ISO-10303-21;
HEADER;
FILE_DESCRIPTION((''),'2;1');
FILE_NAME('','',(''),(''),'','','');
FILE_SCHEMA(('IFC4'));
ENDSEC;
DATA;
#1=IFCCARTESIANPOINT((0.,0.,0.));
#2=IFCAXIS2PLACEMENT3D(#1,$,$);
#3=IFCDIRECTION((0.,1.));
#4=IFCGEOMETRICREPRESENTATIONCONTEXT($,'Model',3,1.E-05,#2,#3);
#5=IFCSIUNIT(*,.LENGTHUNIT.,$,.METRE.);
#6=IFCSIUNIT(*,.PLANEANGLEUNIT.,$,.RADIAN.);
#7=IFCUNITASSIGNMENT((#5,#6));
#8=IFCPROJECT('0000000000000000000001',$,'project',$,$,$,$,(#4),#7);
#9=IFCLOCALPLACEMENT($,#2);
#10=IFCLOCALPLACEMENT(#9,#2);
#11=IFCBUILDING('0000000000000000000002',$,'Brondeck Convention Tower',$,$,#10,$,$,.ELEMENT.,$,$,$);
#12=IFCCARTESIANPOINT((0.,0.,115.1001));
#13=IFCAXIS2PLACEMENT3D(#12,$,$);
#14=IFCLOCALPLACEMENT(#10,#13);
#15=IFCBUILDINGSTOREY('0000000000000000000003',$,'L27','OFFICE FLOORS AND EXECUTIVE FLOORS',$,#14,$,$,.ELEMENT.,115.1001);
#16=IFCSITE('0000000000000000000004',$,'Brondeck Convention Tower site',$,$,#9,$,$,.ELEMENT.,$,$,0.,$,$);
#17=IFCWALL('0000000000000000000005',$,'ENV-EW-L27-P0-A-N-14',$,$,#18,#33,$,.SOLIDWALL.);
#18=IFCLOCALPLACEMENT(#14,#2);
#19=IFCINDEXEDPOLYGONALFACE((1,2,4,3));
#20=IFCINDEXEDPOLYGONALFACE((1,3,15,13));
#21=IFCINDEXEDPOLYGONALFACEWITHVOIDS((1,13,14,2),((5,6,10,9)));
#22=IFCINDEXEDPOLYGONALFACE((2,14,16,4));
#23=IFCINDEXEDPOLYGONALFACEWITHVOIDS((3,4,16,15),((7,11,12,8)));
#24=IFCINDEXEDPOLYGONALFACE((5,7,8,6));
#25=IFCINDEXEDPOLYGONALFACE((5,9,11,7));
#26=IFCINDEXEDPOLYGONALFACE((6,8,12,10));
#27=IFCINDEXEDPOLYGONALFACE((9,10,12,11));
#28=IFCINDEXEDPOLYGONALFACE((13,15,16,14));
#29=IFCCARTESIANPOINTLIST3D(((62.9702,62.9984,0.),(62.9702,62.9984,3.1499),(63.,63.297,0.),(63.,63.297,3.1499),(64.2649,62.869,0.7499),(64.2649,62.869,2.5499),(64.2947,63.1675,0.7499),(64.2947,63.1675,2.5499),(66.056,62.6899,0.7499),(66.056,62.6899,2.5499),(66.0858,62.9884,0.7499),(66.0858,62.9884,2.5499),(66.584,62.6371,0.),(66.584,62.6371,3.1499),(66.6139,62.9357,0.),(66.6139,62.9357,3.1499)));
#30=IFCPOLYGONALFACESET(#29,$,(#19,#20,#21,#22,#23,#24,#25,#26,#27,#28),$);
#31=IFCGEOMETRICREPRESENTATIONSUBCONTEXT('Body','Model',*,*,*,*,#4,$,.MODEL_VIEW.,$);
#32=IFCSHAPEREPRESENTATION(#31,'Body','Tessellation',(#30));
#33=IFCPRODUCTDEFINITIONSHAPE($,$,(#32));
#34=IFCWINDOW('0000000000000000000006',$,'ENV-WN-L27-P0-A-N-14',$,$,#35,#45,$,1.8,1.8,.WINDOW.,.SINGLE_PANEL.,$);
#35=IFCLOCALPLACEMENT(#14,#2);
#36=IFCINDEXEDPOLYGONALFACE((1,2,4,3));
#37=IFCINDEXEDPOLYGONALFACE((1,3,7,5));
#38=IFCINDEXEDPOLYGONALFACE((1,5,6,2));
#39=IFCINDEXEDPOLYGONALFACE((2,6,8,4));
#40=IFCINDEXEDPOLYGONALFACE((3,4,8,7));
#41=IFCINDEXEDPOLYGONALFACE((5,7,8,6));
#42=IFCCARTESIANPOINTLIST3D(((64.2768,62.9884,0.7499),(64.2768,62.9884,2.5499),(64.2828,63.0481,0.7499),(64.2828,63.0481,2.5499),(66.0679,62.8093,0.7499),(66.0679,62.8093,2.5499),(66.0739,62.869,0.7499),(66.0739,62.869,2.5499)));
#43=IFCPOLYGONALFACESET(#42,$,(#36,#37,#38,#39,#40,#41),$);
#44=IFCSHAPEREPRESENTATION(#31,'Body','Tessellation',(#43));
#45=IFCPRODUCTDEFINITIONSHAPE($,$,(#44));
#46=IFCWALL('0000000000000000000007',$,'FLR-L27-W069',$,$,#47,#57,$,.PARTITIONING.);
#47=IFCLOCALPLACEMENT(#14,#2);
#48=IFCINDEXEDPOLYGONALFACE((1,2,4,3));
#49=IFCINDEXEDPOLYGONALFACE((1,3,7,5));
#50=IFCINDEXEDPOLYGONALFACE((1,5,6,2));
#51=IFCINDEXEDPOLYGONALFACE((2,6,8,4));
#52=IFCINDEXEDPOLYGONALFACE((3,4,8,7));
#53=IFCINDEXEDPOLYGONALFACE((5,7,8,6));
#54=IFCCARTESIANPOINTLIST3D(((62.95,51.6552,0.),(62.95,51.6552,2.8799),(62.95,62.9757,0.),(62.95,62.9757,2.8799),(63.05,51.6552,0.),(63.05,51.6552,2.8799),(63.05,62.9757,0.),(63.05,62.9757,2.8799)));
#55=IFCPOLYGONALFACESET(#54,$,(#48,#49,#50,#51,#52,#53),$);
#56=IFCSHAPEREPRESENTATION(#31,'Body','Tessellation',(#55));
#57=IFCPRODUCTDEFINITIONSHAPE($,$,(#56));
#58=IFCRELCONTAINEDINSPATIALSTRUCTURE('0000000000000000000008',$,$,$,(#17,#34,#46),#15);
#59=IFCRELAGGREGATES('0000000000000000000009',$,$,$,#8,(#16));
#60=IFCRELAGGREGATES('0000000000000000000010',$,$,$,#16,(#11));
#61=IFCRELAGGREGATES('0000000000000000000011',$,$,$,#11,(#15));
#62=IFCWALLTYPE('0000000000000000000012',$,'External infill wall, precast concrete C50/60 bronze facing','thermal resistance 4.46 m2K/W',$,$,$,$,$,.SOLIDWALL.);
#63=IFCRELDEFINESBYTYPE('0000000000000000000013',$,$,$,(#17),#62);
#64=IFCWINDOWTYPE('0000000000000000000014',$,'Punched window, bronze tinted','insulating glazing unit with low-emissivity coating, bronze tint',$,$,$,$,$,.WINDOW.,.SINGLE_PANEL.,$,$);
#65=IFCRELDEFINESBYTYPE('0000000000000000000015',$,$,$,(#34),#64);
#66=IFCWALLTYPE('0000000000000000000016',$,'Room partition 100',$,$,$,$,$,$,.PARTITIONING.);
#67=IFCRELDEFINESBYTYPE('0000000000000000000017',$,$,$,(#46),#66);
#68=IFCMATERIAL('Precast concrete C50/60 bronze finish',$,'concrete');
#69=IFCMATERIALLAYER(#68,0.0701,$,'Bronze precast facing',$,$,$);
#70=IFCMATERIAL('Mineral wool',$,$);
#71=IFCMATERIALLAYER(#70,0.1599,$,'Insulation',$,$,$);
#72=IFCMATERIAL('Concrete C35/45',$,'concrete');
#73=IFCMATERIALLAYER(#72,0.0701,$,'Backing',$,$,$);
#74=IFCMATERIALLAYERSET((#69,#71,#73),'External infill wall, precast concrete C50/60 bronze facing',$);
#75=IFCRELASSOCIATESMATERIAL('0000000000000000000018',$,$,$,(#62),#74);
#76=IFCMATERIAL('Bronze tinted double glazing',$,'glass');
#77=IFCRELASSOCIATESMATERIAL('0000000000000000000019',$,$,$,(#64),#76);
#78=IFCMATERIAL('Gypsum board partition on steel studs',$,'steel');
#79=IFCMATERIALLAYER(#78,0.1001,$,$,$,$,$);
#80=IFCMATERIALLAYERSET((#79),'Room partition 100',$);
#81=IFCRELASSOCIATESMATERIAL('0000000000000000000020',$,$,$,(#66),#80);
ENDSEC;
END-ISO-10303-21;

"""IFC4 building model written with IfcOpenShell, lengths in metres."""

from ifc_helpers import new_model, si_unit, direction, frame, frame_2d, origin, place, context, subcontext, project, spatial, rectangle, extrude, material, layer, layer_set, type_object, element, fill, save


model = new_model("IFC4")

# Units and contexts
model_context = context("Model", 3, precision=1e-05, world=origin(), true_north=direction((0.0, 1.0)))
body_context = subcontext(model_context, "Body", "Model", "MODEL_VIEW")
ifc_project = project(units=[si_unit("LENGTHUNIT", "METRE"), si_unit("PLANEANGLEUNIT", "RADIAN")], contexts=[model_context])

# Site, building, storey
site_placement = place(None, origin())
site = spatial("IfcSite", under=ifc_project, at=site_placement, Name="Brondeck Convention Tower site", CompositionType="ELEMENT", RefElevation=0.0)
building_placement = place(site_placement, origin())
building = spatial("IfcBuilding", under=site, at=building_placement, Name="Brondeck Convention Tower", CompositionType="ELEMENT")
storey_placement = place(building_placement, frame((0.0, 0.0, 115.1001)))
storey = spatial("IfcBuildingStorey", under=building, at=storey_placement, Name="L27", Description="OFFICE FLOORS AND EXECUTIVE FLOORS", CompositionType="ELEMENT", Elevation=115.1001)

# Shared definitions
ifc_material_1 = material(Name="Precast concrete C50/60 bronze finish", Category="concrete")
ifc_layer_1 = layer(ifc_material_1, 0.0701, Name="Bronze precast facing")
ifc_material_2 = material(Name="Mineral wool")
ifc_layer_2 = layer(ifc_material_2, 0.1599, Name="Insulation")
ifc_material_3 = material(Name="Concrete C35/45", Category="concrete")
ifc_layer_3 = layer(ifc_material_3, 0.0701, Name="Backing")
ifc_layer_set_1 = layer_set([ifc_layer_1, ifc_layer_2, ifc_layer_3], Name="External infill wall, precast concrete C50/60 bronze facing")
wall_type_1 = type_object("IfcWallType", Name="External infill wall, precast concrete C50/60 bronze facing", Description="thermal resistance 4.46 m2K/W", PredefinedType="SOLIDWALL", material=ifc_layer_set_1)
ifc_material_4 = material(Name="Bronze tinted double glazing", Category="glass")
window_type_1 = type_object("IfcWindowType", Name="Punched window, bronze tinted", Description="insulating glazing unit with low-emissivity coating, bronze tint", PartitioningType="SINGLE_PANEL", PredefinedType="WINDOW", material=ifc_material_4)

# Wall, opening, window
wall_1_placement = place(storey_placement, frame((62.9851, 63.1477, 0.0), z_axis=(0.0, 0.0, 1.0), x_axis=(0.995039, -0.09949, 0.0)))
wall_1 = element("IfcWall", 1, at=wall_1_placement, inside=storey, type_object=wall_type_1, Name="ENV-EW-L27-P0-A-N-14", PredefinedType="SOLIDWALL", context=body_context, shape_type="SweptSolid", body=[
    extrude(rectangle(XDim=3.6318, YDim=0.3, at=frame_2d((1.8159, 0.0))), origin(), (0.0, 0.0, 1.0), 3.1499),
])
opening_1_placement = place(wall_1_placement, frame((1.3013, 0.0, 0.75)))
opening_1 = element("IfcOpeningElement", 2, at=opening_1_placement, cuts=wall_1, PredefinedType="OPENING", context=body_context, shape_type="SweptSolid", body=[
    extrude(rectangle(XDim=1.8, YDim=1.8, at=frame_2d((0.8999, 0.8999))), frame((0.0, 0.1599, 0.0), z_axis=(0.0, -1.0, 0.0), x_axis=(1.0, 0.0, 0.0)), (0.0, 0.0, 1.0), 0.3201),
])
window_1_placement = place(opening_1_placement, origin())
window_1 = element("IfcWindow", 3, at=window_1_placement, inside=storey, type_object=window_type_1, Name="ENV-WN-L27-P0-A-N-14", OverallHeight=1.8, OverallWidth=1.8, PartitioningType="SINGLE_PANEL", PredefinedType="WINDOW", context=body_context, shape_type="SweptSolid", body=[
    extrude(rectangle(XDim=1.8, YDim=1.8, at=frame_2d((0.8999, 0.8999))), frame((0.0, 0.03, 0.0), z_axis=(0.0, -1.0, 0.0), x_axis=(1.0, 0.0, 0.0)), (0.0, 0.0, 1.0), 0.0601),
])
fill(opening_1, window_1)

# Wall
ifc_material_5 = material(Name="Gypsum board partition on steel studs", Category="steel")
ifc_layer_4 = layer(ifc_material_5, 0.1001)
ifc_layer_set_2 = layer_set([ifc_layer_4], Name="Room partition 100")
wall_type_2 = type_object("IfcWallType", Name="Room partition 100", PredefinedType="PARTITIONING", material=ifc_layer_set_2)
wall_2_placement = place(storey_placement, frame((63.0, 62.9756, 0.0), z_axis=(0.0, 0.0, 1.0), x_axis=(0.0, -1.0, 0.0)))
element("IfcWall", 4, at=wall_2_placement, inside=storey, type_object=wall_type_2, Name="FLR-L27-W069", PredefinedType="PARTITIONING", context=body_context, shape_type="SweptSolid", body=[
    extrude(rectangle(XDim=11.3206, YDim=0.1001, at=frame_2d((5.6602, 0.0))), origin(), (0.0, 0.0, 1.0), 2.8799),
])

save(model, "model.ifc")
